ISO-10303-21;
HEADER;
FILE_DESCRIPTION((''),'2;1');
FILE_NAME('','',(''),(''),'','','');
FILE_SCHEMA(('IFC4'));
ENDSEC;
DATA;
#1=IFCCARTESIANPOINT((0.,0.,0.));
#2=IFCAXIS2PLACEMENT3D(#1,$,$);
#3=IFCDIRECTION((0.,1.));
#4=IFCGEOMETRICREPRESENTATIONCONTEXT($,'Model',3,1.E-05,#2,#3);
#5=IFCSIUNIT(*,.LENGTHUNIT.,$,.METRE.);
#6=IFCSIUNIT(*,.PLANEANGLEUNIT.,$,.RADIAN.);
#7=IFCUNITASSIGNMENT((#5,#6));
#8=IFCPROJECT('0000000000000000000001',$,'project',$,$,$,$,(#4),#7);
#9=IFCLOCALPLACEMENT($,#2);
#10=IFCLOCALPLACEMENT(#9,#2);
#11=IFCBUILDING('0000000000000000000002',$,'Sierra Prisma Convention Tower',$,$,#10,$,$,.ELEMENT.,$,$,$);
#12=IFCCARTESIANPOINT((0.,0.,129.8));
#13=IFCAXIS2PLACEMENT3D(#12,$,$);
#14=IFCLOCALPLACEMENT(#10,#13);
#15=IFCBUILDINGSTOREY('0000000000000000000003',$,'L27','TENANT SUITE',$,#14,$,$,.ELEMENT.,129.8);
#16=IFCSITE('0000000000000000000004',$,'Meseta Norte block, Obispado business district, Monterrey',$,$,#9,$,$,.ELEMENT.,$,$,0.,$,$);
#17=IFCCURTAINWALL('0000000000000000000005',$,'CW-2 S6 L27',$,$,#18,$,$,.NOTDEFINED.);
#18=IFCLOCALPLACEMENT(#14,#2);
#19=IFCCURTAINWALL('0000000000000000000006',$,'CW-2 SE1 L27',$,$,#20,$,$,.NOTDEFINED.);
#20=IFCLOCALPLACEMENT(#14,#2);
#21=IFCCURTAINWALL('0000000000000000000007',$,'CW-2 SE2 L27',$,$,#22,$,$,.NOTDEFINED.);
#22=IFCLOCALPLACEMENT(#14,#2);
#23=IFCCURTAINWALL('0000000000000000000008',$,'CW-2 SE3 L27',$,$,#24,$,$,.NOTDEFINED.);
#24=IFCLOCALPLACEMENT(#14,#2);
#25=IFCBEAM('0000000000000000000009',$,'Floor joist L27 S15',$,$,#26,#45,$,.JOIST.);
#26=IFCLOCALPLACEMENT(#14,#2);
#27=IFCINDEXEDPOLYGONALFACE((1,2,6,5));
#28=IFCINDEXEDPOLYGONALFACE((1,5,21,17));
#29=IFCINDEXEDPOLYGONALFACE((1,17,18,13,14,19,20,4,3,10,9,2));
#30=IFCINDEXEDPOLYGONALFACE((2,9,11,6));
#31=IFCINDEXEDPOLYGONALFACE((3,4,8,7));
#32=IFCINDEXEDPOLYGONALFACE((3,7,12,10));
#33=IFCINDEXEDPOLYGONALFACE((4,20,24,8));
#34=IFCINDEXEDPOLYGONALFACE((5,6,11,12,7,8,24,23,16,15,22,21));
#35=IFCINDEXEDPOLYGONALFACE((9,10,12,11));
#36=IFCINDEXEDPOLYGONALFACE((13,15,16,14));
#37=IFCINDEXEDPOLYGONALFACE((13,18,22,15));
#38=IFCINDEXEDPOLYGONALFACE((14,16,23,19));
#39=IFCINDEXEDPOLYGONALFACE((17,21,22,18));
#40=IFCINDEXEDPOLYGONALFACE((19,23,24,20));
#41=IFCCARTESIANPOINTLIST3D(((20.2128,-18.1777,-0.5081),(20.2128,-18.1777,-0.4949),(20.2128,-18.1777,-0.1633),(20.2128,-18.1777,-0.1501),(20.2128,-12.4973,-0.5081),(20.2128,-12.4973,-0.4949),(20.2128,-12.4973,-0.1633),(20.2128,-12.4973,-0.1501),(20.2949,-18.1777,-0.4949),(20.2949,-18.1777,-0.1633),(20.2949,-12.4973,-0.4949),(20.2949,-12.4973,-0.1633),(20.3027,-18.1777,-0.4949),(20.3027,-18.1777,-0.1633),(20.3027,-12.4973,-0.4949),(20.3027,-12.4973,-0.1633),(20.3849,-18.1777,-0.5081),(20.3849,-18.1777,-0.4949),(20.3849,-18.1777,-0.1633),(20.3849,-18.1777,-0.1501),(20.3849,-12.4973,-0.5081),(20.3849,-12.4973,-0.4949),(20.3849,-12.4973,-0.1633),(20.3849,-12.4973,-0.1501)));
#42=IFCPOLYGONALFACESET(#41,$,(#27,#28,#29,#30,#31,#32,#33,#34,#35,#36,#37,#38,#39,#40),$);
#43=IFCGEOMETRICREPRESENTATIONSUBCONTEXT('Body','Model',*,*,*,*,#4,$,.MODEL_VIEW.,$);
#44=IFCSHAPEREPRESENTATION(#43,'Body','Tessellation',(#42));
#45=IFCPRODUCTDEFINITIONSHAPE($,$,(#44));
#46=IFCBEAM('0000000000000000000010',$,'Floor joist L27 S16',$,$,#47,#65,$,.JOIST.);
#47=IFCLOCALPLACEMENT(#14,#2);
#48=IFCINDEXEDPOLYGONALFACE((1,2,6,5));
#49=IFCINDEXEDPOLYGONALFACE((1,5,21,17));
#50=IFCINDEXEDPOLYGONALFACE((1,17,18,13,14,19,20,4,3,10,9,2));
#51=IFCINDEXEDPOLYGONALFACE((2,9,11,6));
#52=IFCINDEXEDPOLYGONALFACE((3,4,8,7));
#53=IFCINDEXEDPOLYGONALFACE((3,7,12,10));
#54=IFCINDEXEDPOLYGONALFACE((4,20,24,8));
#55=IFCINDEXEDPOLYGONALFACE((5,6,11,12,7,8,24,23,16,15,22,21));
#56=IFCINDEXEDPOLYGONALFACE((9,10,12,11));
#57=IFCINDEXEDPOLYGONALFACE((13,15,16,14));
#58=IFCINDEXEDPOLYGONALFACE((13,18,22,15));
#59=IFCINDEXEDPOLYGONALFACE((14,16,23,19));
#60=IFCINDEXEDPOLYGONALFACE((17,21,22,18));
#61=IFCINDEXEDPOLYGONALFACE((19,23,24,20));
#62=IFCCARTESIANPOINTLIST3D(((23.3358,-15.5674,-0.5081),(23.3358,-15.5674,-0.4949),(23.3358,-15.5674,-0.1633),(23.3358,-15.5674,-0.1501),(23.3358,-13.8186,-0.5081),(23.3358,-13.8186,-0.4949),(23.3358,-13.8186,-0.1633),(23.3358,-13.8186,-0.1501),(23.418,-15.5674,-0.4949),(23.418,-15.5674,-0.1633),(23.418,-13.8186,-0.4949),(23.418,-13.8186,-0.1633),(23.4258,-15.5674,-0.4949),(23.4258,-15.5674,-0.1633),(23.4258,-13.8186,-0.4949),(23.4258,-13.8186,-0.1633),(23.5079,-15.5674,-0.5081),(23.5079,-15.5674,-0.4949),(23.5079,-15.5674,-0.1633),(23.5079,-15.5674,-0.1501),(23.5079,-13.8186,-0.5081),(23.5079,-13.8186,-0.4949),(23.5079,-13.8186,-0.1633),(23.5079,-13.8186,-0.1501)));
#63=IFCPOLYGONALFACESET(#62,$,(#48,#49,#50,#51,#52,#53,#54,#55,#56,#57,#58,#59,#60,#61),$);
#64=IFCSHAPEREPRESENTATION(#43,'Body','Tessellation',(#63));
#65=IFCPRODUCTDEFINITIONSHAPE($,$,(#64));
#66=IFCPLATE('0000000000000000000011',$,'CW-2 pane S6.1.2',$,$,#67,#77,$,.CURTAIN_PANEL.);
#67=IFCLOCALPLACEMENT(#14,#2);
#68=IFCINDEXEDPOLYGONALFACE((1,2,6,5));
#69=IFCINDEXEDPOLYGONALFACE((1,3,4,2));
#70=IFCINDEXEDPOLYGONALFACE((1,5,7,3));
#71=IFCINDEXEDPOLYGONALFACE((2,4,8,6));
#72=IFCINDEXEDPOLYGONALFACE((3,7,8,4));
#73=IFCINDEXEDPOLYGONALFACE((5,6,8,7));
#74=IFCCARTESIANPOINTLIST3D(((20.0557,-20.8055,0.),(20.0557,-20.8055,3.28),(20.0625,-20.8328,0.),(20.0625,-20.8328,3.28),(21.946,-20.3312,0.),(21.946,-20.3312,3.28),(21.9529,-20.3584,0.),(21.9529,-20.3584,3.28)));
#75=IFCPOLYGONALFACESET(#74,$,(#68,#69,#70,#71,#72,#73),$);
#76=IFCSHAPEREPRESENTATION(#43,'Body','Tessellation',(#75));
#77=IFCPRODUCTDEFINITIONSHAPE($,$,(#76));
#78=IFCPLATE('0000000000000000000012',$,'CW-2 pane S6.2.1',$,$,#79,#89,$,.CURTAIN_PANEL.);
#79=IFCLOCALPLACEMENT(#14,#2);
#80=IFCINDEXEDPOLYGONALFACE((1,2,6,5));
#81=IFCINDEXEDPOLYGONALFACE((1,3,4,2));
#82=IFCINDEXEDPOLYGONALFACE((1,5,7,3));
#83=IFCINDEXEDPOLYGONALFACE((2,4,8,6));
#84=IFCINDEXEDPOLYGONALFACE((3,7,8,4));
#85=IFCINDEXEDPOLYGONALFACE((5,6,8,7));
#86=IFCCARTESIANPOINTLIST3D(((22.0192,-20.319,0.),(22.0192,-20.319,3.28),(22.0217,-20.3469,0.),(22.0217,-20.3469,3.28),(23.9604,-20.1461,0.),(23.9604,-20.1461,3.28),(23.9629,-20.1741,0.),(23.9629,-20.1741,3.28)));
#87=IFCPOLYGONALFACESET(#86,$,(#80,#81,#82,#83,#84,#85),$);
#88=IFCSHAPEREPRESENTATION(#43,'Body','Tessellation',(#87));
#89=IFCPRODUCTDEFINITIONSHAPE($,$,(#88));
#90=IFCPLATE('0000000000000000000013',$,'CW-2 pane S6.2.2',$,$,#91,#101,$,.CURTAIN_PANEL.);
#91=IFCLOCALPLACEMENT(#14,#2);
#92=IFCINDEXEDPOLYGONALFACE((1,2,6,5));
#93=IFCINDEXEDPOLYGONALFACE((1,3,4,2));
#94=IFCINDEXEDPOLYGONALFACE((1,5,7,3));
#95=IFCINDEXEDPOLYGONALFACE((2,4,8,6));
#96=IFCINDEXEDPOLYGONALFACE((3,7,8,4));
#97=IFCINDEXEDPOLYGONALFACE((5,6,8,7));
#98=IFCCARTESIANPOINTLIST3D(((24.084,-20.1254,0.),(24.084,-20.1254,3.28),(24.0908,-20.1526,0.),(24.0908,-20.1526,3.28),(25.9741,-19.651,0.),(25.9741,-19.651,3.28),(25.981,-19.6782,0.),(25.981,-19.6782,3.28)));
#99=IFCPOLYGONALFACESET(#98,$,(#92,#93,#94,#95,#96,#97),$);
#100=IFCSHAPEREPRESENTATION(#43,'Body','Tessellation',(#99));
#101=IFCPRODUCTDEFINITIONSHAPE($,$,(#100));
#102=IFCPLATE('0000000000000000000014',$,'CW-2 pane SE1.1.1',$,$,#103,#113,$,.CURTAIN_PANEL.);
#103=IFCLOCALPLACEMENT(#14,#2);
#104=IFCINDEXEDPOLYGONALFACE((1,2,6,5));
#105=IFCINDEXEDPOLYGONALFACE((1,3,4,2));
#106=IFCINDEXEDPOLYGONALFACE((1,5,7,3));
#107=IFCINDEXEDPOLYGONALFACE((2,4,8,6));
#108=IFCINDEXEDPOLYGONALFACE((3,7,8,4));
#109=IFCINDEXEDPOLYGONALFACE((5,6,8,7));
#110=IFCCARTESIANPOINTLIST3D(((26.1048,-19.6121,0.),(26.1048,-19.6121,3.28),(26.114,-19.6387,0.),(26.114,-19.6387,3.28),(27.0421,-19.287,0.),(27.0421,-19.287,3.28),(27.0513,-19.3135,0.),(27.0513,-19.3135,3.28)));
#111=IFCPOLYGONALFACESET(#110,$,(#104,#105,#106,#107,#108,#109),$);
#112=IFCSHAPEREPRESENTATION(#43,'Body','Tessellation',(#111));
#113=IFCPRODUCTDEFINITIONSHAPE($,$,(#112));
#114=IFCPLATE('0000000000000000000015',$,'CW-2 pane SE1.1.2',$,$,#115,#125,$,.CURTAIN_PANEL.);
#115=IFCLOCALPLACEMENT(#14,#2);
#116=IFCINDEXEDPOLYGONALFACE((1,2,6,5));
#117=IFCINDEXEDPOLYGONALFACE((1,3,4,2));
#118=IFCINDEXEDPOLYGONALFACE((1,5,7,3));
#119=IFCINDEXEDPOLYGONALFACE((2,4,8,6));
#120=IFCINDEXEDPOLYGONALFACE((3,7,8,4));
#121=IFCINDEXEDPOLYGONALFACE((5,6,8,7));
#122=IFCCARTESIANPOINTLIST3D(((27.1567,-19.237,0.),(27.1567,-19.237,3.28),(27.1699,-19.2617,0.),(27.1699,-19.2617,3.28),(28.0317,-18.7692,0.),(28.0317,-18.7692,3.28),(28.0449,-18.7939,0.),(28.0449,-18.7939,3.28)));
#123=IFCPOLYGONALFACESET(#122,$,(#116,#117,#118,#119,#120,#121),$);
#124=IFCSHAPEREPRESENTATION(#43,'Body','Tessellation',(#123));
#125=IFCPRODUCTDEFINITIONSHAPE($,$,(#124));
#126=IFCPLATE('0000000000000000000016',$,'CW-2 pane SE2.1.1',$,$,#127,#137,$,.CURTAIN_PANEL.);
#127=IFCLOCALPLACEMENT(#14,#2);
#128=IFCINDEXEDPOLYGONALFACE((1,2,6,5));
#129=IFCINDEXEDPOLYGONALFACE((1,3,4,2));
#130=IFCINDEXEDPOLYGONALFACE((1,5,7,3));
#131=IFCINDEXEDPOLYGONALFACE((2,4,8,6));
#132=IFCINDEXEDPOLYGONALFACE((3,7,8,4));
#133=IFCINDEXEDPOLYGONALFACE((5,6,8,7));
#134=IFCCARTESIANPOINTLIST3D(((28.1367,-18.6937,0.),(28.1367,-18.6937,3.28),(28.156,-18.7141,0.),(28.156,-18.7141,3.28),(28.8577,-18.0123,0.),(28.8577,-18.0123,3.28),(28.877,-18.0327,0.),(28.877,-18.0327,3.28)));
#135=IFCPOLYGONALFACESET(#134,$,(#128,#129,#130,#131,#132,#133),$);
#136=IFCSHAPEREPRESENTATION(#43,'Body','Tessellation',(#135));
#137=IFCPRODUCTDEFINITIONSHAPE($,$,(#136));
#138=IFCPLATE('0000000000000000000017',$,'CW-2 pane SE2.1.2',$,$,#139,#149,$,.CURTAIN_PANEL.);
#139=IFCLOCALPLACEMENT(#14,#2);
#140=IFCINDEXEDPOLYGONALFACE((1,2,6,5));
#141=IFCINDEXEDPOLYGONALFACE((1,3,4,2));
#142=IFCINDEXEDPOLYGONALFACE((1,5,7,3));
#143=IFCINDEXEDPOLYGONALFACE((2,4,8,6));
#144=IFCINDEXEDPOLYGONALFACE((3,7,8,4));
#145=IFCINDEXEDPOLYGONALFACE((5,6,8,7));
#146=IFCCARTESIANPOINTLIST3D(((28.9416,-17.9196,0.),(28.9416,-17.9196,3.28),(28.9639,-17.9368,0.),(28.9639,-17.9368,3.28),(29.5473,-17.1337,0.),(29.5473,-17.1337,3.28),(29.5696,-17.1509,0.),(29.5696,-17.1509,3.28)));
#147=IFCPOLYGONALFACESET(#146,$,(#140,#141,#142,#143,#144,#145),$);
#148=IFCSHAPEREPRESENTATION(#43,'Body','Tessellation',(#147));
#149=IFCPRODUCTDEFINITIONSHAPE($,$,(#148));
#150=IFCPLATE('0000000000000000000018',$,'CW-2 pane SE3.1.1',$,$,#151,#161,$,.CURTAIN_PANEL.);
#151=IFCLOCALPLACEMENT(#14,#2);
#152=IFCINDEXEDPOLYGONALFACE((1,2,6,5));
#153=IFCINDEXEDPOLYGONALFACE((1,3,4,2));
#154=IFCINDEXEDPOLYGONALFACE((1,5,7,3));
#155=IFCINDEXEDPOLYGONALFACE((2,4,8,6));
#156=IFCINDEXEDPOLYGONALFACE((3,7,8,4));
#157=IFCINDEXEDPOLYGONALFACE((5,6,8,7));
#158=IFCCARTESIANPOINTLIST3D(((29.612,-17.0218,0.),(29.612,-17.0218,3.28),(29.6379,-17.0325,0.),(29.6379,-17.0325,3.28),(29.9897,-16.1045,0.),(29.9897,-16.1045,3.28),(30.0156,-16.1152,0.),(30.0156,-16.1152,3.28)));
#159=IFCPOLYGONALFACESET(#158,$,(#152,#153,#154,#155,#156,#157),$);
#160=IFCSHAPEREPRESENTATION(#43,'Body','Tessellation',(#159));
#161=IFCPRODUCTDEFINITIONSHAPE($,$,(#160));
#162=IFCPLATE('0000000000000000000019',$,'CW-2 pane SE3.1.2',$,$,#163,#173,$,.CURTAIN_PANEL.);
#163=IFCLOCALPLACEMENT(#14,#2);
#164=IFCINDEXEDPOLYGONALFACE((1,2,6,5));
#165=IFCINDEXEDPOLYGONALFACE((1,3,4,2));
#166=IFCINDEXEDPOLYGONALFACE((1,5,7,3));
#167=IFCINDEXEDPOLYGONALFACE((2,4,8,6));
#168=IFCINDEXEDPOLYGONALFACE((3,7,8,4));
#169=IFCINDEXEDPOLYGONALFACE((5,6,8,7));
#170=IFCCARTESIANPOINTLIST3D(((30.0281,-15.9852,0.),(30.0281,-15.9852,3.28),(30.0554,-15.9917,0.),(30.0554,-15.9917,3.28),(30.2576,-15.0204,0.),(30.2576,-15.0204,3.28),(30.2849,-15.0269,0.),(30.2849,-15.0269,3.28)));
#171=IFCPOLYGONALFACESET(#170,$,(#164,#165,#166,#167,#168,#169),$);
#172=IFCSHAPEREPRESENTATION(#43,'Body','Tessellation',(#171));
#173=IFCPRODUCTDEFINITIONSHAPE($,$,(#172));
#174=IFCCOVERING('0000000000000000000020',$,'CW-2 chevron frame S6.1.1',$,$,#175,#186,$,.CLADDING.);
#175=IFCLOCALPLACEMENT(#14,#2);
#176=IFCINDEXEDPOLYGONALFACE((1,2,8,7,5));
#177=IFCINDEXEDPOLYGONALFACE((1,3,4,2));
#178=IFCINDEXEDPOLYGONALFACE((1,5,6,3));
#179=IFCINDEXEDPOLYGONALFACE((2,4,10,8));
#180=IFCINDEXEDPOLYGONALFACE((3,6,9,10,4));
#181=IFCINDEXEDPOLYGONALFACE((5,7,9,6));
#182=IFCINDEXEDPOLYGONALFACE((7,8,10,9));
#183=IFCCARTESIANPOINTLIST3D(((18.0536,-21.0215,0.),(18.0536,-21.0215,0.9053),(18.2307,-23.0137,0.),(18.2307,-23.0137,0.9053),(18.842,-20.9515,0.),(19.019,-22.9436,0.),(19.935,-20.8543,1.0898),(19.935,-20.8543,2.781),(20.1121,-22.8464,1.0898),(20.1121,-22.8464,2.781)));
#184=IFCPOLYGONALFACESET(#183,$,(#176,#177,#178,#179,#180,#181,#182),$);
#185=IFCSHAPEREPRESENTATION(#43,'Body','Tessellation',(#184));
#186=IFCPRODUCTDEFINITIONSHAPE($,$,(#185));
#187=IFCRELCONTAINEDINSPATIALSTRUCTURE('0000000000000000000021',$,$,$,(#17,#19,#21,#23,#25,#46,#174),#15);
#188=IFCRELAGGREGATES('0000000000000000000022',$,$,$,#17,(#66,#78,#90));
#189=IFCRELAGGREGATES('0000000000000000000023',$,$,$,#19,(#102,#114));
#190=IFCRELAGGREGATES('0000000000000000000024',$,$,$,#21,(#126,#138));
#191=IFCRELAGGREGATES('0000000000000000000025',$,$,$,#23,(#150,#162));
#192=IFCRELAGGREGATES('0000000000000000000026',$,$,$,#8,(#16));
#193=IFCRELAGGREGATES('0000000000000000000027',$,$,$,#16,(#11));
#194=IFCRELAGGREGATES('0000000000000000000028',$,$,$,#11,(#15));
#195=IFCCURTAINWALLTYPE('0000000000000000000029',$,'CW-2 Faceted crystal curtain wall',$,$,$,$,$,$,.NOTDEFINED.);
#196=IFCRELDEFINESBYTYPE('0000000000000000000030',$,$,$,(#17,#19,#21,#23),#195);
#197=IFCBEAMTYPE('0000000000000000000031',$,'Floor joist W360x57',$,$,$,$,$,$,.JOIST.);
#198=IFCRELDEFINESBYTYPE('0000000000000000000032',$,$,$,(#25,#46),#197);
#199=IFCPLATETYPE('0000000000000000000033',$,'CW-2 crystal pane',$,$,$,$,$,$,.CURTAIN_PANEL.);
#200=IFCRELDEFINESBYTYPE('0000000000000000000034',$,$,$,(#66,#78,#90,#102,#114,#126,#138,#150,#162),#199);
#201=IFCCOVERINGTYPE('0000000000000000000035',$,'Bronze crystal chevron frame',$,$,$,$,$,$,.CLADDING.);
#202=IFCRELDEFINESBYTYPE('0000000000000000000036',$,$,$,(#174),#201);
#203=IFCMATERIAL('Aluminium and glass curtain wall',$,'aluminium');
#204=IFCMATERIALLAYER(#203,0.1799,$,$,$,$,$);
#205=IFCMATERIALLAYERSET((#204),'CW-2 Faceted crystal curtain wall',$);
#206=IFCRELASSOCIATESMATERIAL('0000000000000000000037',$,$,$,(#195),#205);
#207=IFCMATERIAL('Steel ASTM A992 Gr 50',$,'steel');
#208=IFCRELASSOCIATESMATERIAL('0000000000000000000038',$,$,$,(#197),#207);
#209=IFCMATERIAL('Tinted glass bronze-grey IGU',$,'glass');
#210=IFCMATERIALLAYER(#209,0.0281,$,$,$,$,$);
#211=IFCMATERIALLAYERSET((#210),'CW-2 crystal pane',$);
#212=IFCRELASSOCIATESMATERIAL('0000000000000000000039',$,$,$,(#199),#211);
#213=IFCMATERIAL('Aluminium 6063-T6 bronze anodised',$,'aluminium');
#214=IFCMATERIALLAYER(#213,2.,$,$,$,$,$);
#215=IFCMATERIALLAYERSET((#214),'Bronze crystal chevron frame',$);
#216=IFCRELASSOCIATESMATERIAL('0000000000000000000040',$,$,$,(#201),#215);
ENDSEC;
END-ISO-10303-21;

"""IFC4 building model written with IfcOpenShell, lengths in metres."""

from ifc_helpers import new_model, si_unit, direction, frame, origin, origin_2d, place, context, subcontext, project, spatial, polyline, i_section, outline, extrude, material, layer, layer_set, material_profile, profile_set, type_object, element, aggregate, save


model = new_model("IFC4")

# Units and contexts
model_context = context("Model", 3, precision=1e-05, world=origin(), true_north=direction((0.0, 1.0)))
body_context = subcontext(model_context, "Body", "Model", "MODEL_VIEW")
ifc_project = project(units=[si_unit("LENGTHUNIT", "METRE"), si_unit("PLANEANGLEUNIT", "RADIAN")], contexts=[model_context])

# Site, building, storey
site_placement = place(None, origin())
site = spatial("IfcSite", under=ifc_project, at=site_placement, Name="Meseta Norte block, Obispado business district, Monterrey", CompositionType="ELEMENT", RefElevation=0.0)
building_placement = place(site_placement, origin())
building = spatial("IfcBuilding", under=site, at=building_placement, Name="Sierra Prisma Convention Tower", CompositionType="ELEMENT")
storey_placement = place(building_placement, frame((0.0, 0.0, 129.8)))
storey = spatial("IfcBuildingStorey", under=building, at=storey_placement, Name="L27", Description="TENANT SUITE", CompositionType="ELEMENT", Elevation=129.8)

# Curtain wall
ifc_material_1 = material(Name="Aluminium and glass curtain wall", Category="aluminium")
ifc_layer_1 = layer(ifc_material_1, 0.1799)
ifc_layer_set_1 = layer_set([ifc_layer_1], Name="CW-2 Faceted crystal curtain wall")
curtain_wall_type = type_object("IfcCurtainWallType", Name="CW-2 Faceted crystal curtain wall", PredefinedType="NOTDEFINED", material=ifc_layer_set_1)
curtain_wall_1_placement = place(storey_placement, origin())
curtain_wall_1 = element("IfcCurtainWall", 1, at=curtain_wall_1_placement, inside=storey, type_object=curtain_wall_type, Name="CW-2 S6 L27", PredefinedType="NOTDEFINED")

# Curtain walls
curtain_wall_2_placement = place(storey_placement, origin())
curtain_wall_2 = element("IfcCurtainWall", 2, at=curtain_wall_2_placement, inside=storey, type_object=curtain_wall_type, Name="CW-2 SE1 L27", PredefinedType="NOTDEFINED")
curtain_wall_3_placement = place(storey_placement, origin())
curtain_wall_3 = element("IfcCurtainWall", 3, at=curtain_wall_3_placement, inside=storey, type_object=curtain_wall_type, Name="CW-2 SE2 L27", PredefinedType="NOTDEFINED")
curtain_wall_4_placement = place(storey_placement, origin())
curtain_wall_4 = element("IfcCurtainWall", 4, at=curtain_wall_4_placement, inside=storey, type_object=curtain_wall_type, Name="CW-2 SE3 L27", PredefinedType="NOTDEFINED")

# Beams
ifc_material_2 = material(Name="Steel ASTM A992 Gr 50", Category="steel")
ifc_material_profile_1 = material_profile(ifc_material_2, i_section(OverallWidth=0.1721, OverallDepth=0.3579, WebThickness=0.0078, FlangeThickness=0.0132, at=origin_2d()), Name="W360x57")
ifc_profile_set_1 = profile_set([ifc_material_profile_1], Name="Steel ASTM A992 Gr 50")
beam_type = type_object("IfcBeamType", Name="Floor joist W360x57", PredefinedType="JOIST", material=ifc_profile_set_1)
beam_1_placement = place(storey_placement, frame((20.2988, -18.1777, -0.3291), z_axis=(0.0, 1.0, 0.0), x_axis=(-1.0, 0.0, 0.0)))
element("IfcBeam", 5, at=beam_1_placement, inside=storey, type_object=beam_type, Name="Floor joist L27 S15", PredefinedType="JOIST", context=body_context, shape_type="SweptSolid", body=[
    extrude(i_section(OverallWidth=0.1721, OverallDepth=0.3579, WebThickness=0.0078, FlangeThickness=0.0132, at=origin_2d()), origin(), (0.0, 0.0, 1.0), 5.6804),
])
beam_2_placement = place(storey_placement, frame((23.4219, -15.5674, -0.3291), z_axis=(0.0, 1.0, 0.0), x_axis=(-1.0, 0.0, 0.0)))
element("IfcBeam", 6, at=beam_2_placement, inside=storey, type_object=beam_type, Name="Floor joist L27 S16", PredefinedType="JOIST", context=body_context, shape_type="SweptSolid", body=[
    extrude(i_section(OverallWidth=0.1721, OverallDepth=0.3579, WebThickness=0.0078, FlangeThickness=0.0132, at=origin_2d()), origin(), (0.0, 0.0, 1.0), 1.7488),
])

# Plates
ifc_material_3 = material(Name="Tinted glass bronze-grey IGU", Category="glass")
ifc_layer_2 = layer(ifc_material_3, 0.0281)
ifc_layer_set_2 = layer_set([ifc_layer_2], Name="CW-2 crystal pane")
plate_type = type_object("IfcPlateType", Name="CW-2 crystal pane", PredefinedType="CURTAIN_PANEL", material=ifc_layer_set_2)
plate_1_placement = place(storey_placement, frame((21.9529, -20.3584, 0.0), z_axis=(0.24339, -0.969928, 0.0), x_axis=(-0.969928, -0.24339, 0.0)))
plate_1 = element("IfcPlate", 7, at=plate_1_placement, type_object=plate_type, Name="CW-2 pane S6.1.2", PredefinedType="CURTAIN_PANEL", context=body_context, shape_type="SweptSolid", body=[
    extrude(outline(polyline([(0.0, 0.0), (1.949, 0.0), (1.949, -3.28), (0.0, -3.28), (0.0, 0.0)])), origin(), (0.0, 0.0, -1.0), 0.0281),
])
plate_2_placement = place(storey_placement, frame((22.0217, -20.3469, 0.0), z_axis=(0.088694, -0.996059, 0.0), x_axis=(0.996059, 0.088694, 0.0)))
plate_2 = element("IfcPlate", 8, at=plate_2_placement, type_object=plate_type, Name="CW-2 pane S6.2.1", PredefinedType="CURTAIN_PANEL", context=body_context, shape_type="SweptSolid", body=[
    extrude(outline(polyline([(0.0, 0.0), (1.9488, 0.0), (1.9488, 3.28), (0.0, 3.28), (0.0, 0.0)])), origin(), (0.0, 0.0, -1.0), 0.0281),
])
plate_3_placement = place(storey_placement, frame((25.981, -19.6782, 0.0), z_axis=(0.24342, -0.969921, 0.0), x_axis=(-0.969921, -0.24342, 0.0)))
plate_3 = element("IfcPlate", 9, at=plate_3_placement, type_object=plate_type, Name="CW-2 pane S6.2.2", PredefinedType="CURTAIN_PANEL", context=body_context, shape_type="SweptSolid", body=[
    extrude(outline(polyline([(0.0, 0.0), (1.9488, 0.0), (1.9488, -3.28), (0.0, -3.28), (0.0, 0.0)])), origin(), (0.0, 0.0, -1.0), 0.0281),
])
aggregate(curtain_wall_1, [plate_1, plate_2, plate_3])
plate_4_placement = place(storey_placement, frame((26.114, -19.6387, 0.0), z_axis=(0.327795, -0.944749, 0.0), x_axis=(0.944749, 0.327795, 0.0)))
plate_4 = element("IfcPlate", 10, at=plate_4_placement, type_object=plate_type, Name="CW-2 pane SE1.1.1", PredefinedType="CURTAIN_PANEL", context=body_context, shape_type="SweptSolid", body=[
    extrude(outline(polyline([(0.0, 0.0), (0.9921, 0.0), (0.9921, 3.28), (0.0, 3.28), (0.0, 0.0)])), origin(), (0.0, 0.0, -1.0), 0.0281),
])
plate_5_placement = place(storey_placement, frame((28.0449, -18.7939, 0.0), z_axis=(0.471456, -0.881889, 0.0), x_axis=(-0.881889, -0.471456, 0.0)))
plate_5 = element("IfcPlate", 11, at=plate_5_placement, type_object=plate_type, Name="CW-2 pane SE1.1.2", PredefinedType="CURTAIN_PANEL", context=body_context, shape_type="SweptSolid", body=[
    extrude(outline(polyline([(0.0, 0.0), (0.9922, 0.0), (0.9922, -3.28), (0.0, -3.28), (0.0, 0.0)])), origin(), (0.0, 0.0, -1.0), 0.0281),
])
aggregate(curtain_wall_2, [plate_4, plate_5])
plate_6_placement = place(storey_placement, frame((28.156, -18.7141, 0.0), z_axis=(0.686891, -0.726761, 0.0), x_axis=(0.726761, 0.686891, 0.0)))
plate_6 = element("IfcPlate", 12, at=plate_6_placement, type_object=plate_type, Name="CW-2 pane SE2.1.1", PredefinedType="CURTAIN_PANEL", context=body_context, shape_type="SweptSolid", body=[
    extrude(outline(polyline([(0.0, 0.0), (0.992, 0.0), (0.992, 3.28), (0.0, 3.28), (0.0, 0.0)])), origin(), (0.0, 0.0, -1.0), 0.0281),
])
plate_7_placement = place(storey_placement, frame((29.5696, -17.1509, 0.0), z_axis=(0.792047, -0.61046, 0.0), x_axis=(-0.61046, -0.792047, 0.0)))
plate_7 = element("IfcPlate", 13, at=plate_7_placement, type_object=plate_type, Name="CW-2 pane SE2.1.2", PredefinedType="CURTAIN_PANEL", context=body_context, shape_type="SweptSolid", body=[
    extrude(outline(polyline([(0.0, 0.0), (0.9922, 0.0), (0.9922, -3.28), (0.0, -3.28), (0.0, 0.0)])), origin(), (0.0, 0.0, -1.0), 0.0281),
])
aggregate(curtain_wall_3, [plate_6, plate_7])
plate_8_placement = place(storey_placement, frame((29.6379, -17.0325, 0.0), z_axis=(0.924678, -0.38075, 0.0), x_axis=(0.38075, 0.924678, 0.0)))
plate_8 = element("IfcPlate", 14, at=plate_8_placement, type_object=plate_type, Name="CW-2 pane SE3.1.1", PredefinedType="CURTAIN_PANEL", context=body_context, shape_type="SweptSolid", body=[
    extrude(outline(polyline([(0.0, 0.0), (0.992, 0.0), (0.992, 3.28), (0.0, 3.28), (0.0, 0.0)])), origin(), (0.0, 0.0, -1.0), 0.0281),
])
plate_9_placement = place(storey_placement, frame((30.2849, -15.0269, 0.0), z_axis=(0.972859, -0.231399, 0.0), x_axis=(-0.231399, -0.972859, 0.0)))
plate_9 = element("IfcPlate", 15, at=plate_9_placement, type_object=plate_type, Name="CW-2 pane SE3.1.2", PredefinedType="CURTAIN_PANEL", context=body_context, shape_type="SweptSolid", body=[
    extrude(outline(polyline([(0.0, 0.0), (0.9918, 0.0), (0.9918, -3.28), (0.0, -3.28), (0.0, 0.0)])), origin(), (0.0, 0.0, -1.0), 0.0281),
])
aggregate(curtain_wall_4, [plate_8, plate_9])

# Covering
ifc_material_4 = material(Name="Aluminium 6063-T6 bronze anodised", Category="aluminium")
ifc_layer_3 = layer(ifc_material_4, 2.0)
ifc_layer_set_3 = layer_set([ifc_layer_3], Name="Bronze crystal chevron frame")
covering_type = type_object("IfcCoveringType", Name="Bronze crystal chevron frame", PredefinedType="CLADDING", material=ifc_layer_set_3)
covering_1_placement = place(storey_placement, frame((18.2307, -23.0137, 0.0), z_axis=(0.088541, -0.996073, 0.000003), x_axis=(0.996073, 0.088541, 0.0)))
element("IfcCovering", 16, at=covering_1_placement, inside=storey, type_object=covering_type, Name="CW-2 chevron frame S6.1.1", PredefinedType="CLADDING", context=body_context, shape_type="SweptSolid", body=[
    extrude(outline(polyline([(0.0, 0.0), (0.7914, 0.0), (1.8888, 1.0898), (1.8888, 2.781), (0.0, 0.9053), (0.0, 0.0)])), origin(), (0.0, 0.0, -1.0), 2.0),
])

save(model, "model.ifc")
